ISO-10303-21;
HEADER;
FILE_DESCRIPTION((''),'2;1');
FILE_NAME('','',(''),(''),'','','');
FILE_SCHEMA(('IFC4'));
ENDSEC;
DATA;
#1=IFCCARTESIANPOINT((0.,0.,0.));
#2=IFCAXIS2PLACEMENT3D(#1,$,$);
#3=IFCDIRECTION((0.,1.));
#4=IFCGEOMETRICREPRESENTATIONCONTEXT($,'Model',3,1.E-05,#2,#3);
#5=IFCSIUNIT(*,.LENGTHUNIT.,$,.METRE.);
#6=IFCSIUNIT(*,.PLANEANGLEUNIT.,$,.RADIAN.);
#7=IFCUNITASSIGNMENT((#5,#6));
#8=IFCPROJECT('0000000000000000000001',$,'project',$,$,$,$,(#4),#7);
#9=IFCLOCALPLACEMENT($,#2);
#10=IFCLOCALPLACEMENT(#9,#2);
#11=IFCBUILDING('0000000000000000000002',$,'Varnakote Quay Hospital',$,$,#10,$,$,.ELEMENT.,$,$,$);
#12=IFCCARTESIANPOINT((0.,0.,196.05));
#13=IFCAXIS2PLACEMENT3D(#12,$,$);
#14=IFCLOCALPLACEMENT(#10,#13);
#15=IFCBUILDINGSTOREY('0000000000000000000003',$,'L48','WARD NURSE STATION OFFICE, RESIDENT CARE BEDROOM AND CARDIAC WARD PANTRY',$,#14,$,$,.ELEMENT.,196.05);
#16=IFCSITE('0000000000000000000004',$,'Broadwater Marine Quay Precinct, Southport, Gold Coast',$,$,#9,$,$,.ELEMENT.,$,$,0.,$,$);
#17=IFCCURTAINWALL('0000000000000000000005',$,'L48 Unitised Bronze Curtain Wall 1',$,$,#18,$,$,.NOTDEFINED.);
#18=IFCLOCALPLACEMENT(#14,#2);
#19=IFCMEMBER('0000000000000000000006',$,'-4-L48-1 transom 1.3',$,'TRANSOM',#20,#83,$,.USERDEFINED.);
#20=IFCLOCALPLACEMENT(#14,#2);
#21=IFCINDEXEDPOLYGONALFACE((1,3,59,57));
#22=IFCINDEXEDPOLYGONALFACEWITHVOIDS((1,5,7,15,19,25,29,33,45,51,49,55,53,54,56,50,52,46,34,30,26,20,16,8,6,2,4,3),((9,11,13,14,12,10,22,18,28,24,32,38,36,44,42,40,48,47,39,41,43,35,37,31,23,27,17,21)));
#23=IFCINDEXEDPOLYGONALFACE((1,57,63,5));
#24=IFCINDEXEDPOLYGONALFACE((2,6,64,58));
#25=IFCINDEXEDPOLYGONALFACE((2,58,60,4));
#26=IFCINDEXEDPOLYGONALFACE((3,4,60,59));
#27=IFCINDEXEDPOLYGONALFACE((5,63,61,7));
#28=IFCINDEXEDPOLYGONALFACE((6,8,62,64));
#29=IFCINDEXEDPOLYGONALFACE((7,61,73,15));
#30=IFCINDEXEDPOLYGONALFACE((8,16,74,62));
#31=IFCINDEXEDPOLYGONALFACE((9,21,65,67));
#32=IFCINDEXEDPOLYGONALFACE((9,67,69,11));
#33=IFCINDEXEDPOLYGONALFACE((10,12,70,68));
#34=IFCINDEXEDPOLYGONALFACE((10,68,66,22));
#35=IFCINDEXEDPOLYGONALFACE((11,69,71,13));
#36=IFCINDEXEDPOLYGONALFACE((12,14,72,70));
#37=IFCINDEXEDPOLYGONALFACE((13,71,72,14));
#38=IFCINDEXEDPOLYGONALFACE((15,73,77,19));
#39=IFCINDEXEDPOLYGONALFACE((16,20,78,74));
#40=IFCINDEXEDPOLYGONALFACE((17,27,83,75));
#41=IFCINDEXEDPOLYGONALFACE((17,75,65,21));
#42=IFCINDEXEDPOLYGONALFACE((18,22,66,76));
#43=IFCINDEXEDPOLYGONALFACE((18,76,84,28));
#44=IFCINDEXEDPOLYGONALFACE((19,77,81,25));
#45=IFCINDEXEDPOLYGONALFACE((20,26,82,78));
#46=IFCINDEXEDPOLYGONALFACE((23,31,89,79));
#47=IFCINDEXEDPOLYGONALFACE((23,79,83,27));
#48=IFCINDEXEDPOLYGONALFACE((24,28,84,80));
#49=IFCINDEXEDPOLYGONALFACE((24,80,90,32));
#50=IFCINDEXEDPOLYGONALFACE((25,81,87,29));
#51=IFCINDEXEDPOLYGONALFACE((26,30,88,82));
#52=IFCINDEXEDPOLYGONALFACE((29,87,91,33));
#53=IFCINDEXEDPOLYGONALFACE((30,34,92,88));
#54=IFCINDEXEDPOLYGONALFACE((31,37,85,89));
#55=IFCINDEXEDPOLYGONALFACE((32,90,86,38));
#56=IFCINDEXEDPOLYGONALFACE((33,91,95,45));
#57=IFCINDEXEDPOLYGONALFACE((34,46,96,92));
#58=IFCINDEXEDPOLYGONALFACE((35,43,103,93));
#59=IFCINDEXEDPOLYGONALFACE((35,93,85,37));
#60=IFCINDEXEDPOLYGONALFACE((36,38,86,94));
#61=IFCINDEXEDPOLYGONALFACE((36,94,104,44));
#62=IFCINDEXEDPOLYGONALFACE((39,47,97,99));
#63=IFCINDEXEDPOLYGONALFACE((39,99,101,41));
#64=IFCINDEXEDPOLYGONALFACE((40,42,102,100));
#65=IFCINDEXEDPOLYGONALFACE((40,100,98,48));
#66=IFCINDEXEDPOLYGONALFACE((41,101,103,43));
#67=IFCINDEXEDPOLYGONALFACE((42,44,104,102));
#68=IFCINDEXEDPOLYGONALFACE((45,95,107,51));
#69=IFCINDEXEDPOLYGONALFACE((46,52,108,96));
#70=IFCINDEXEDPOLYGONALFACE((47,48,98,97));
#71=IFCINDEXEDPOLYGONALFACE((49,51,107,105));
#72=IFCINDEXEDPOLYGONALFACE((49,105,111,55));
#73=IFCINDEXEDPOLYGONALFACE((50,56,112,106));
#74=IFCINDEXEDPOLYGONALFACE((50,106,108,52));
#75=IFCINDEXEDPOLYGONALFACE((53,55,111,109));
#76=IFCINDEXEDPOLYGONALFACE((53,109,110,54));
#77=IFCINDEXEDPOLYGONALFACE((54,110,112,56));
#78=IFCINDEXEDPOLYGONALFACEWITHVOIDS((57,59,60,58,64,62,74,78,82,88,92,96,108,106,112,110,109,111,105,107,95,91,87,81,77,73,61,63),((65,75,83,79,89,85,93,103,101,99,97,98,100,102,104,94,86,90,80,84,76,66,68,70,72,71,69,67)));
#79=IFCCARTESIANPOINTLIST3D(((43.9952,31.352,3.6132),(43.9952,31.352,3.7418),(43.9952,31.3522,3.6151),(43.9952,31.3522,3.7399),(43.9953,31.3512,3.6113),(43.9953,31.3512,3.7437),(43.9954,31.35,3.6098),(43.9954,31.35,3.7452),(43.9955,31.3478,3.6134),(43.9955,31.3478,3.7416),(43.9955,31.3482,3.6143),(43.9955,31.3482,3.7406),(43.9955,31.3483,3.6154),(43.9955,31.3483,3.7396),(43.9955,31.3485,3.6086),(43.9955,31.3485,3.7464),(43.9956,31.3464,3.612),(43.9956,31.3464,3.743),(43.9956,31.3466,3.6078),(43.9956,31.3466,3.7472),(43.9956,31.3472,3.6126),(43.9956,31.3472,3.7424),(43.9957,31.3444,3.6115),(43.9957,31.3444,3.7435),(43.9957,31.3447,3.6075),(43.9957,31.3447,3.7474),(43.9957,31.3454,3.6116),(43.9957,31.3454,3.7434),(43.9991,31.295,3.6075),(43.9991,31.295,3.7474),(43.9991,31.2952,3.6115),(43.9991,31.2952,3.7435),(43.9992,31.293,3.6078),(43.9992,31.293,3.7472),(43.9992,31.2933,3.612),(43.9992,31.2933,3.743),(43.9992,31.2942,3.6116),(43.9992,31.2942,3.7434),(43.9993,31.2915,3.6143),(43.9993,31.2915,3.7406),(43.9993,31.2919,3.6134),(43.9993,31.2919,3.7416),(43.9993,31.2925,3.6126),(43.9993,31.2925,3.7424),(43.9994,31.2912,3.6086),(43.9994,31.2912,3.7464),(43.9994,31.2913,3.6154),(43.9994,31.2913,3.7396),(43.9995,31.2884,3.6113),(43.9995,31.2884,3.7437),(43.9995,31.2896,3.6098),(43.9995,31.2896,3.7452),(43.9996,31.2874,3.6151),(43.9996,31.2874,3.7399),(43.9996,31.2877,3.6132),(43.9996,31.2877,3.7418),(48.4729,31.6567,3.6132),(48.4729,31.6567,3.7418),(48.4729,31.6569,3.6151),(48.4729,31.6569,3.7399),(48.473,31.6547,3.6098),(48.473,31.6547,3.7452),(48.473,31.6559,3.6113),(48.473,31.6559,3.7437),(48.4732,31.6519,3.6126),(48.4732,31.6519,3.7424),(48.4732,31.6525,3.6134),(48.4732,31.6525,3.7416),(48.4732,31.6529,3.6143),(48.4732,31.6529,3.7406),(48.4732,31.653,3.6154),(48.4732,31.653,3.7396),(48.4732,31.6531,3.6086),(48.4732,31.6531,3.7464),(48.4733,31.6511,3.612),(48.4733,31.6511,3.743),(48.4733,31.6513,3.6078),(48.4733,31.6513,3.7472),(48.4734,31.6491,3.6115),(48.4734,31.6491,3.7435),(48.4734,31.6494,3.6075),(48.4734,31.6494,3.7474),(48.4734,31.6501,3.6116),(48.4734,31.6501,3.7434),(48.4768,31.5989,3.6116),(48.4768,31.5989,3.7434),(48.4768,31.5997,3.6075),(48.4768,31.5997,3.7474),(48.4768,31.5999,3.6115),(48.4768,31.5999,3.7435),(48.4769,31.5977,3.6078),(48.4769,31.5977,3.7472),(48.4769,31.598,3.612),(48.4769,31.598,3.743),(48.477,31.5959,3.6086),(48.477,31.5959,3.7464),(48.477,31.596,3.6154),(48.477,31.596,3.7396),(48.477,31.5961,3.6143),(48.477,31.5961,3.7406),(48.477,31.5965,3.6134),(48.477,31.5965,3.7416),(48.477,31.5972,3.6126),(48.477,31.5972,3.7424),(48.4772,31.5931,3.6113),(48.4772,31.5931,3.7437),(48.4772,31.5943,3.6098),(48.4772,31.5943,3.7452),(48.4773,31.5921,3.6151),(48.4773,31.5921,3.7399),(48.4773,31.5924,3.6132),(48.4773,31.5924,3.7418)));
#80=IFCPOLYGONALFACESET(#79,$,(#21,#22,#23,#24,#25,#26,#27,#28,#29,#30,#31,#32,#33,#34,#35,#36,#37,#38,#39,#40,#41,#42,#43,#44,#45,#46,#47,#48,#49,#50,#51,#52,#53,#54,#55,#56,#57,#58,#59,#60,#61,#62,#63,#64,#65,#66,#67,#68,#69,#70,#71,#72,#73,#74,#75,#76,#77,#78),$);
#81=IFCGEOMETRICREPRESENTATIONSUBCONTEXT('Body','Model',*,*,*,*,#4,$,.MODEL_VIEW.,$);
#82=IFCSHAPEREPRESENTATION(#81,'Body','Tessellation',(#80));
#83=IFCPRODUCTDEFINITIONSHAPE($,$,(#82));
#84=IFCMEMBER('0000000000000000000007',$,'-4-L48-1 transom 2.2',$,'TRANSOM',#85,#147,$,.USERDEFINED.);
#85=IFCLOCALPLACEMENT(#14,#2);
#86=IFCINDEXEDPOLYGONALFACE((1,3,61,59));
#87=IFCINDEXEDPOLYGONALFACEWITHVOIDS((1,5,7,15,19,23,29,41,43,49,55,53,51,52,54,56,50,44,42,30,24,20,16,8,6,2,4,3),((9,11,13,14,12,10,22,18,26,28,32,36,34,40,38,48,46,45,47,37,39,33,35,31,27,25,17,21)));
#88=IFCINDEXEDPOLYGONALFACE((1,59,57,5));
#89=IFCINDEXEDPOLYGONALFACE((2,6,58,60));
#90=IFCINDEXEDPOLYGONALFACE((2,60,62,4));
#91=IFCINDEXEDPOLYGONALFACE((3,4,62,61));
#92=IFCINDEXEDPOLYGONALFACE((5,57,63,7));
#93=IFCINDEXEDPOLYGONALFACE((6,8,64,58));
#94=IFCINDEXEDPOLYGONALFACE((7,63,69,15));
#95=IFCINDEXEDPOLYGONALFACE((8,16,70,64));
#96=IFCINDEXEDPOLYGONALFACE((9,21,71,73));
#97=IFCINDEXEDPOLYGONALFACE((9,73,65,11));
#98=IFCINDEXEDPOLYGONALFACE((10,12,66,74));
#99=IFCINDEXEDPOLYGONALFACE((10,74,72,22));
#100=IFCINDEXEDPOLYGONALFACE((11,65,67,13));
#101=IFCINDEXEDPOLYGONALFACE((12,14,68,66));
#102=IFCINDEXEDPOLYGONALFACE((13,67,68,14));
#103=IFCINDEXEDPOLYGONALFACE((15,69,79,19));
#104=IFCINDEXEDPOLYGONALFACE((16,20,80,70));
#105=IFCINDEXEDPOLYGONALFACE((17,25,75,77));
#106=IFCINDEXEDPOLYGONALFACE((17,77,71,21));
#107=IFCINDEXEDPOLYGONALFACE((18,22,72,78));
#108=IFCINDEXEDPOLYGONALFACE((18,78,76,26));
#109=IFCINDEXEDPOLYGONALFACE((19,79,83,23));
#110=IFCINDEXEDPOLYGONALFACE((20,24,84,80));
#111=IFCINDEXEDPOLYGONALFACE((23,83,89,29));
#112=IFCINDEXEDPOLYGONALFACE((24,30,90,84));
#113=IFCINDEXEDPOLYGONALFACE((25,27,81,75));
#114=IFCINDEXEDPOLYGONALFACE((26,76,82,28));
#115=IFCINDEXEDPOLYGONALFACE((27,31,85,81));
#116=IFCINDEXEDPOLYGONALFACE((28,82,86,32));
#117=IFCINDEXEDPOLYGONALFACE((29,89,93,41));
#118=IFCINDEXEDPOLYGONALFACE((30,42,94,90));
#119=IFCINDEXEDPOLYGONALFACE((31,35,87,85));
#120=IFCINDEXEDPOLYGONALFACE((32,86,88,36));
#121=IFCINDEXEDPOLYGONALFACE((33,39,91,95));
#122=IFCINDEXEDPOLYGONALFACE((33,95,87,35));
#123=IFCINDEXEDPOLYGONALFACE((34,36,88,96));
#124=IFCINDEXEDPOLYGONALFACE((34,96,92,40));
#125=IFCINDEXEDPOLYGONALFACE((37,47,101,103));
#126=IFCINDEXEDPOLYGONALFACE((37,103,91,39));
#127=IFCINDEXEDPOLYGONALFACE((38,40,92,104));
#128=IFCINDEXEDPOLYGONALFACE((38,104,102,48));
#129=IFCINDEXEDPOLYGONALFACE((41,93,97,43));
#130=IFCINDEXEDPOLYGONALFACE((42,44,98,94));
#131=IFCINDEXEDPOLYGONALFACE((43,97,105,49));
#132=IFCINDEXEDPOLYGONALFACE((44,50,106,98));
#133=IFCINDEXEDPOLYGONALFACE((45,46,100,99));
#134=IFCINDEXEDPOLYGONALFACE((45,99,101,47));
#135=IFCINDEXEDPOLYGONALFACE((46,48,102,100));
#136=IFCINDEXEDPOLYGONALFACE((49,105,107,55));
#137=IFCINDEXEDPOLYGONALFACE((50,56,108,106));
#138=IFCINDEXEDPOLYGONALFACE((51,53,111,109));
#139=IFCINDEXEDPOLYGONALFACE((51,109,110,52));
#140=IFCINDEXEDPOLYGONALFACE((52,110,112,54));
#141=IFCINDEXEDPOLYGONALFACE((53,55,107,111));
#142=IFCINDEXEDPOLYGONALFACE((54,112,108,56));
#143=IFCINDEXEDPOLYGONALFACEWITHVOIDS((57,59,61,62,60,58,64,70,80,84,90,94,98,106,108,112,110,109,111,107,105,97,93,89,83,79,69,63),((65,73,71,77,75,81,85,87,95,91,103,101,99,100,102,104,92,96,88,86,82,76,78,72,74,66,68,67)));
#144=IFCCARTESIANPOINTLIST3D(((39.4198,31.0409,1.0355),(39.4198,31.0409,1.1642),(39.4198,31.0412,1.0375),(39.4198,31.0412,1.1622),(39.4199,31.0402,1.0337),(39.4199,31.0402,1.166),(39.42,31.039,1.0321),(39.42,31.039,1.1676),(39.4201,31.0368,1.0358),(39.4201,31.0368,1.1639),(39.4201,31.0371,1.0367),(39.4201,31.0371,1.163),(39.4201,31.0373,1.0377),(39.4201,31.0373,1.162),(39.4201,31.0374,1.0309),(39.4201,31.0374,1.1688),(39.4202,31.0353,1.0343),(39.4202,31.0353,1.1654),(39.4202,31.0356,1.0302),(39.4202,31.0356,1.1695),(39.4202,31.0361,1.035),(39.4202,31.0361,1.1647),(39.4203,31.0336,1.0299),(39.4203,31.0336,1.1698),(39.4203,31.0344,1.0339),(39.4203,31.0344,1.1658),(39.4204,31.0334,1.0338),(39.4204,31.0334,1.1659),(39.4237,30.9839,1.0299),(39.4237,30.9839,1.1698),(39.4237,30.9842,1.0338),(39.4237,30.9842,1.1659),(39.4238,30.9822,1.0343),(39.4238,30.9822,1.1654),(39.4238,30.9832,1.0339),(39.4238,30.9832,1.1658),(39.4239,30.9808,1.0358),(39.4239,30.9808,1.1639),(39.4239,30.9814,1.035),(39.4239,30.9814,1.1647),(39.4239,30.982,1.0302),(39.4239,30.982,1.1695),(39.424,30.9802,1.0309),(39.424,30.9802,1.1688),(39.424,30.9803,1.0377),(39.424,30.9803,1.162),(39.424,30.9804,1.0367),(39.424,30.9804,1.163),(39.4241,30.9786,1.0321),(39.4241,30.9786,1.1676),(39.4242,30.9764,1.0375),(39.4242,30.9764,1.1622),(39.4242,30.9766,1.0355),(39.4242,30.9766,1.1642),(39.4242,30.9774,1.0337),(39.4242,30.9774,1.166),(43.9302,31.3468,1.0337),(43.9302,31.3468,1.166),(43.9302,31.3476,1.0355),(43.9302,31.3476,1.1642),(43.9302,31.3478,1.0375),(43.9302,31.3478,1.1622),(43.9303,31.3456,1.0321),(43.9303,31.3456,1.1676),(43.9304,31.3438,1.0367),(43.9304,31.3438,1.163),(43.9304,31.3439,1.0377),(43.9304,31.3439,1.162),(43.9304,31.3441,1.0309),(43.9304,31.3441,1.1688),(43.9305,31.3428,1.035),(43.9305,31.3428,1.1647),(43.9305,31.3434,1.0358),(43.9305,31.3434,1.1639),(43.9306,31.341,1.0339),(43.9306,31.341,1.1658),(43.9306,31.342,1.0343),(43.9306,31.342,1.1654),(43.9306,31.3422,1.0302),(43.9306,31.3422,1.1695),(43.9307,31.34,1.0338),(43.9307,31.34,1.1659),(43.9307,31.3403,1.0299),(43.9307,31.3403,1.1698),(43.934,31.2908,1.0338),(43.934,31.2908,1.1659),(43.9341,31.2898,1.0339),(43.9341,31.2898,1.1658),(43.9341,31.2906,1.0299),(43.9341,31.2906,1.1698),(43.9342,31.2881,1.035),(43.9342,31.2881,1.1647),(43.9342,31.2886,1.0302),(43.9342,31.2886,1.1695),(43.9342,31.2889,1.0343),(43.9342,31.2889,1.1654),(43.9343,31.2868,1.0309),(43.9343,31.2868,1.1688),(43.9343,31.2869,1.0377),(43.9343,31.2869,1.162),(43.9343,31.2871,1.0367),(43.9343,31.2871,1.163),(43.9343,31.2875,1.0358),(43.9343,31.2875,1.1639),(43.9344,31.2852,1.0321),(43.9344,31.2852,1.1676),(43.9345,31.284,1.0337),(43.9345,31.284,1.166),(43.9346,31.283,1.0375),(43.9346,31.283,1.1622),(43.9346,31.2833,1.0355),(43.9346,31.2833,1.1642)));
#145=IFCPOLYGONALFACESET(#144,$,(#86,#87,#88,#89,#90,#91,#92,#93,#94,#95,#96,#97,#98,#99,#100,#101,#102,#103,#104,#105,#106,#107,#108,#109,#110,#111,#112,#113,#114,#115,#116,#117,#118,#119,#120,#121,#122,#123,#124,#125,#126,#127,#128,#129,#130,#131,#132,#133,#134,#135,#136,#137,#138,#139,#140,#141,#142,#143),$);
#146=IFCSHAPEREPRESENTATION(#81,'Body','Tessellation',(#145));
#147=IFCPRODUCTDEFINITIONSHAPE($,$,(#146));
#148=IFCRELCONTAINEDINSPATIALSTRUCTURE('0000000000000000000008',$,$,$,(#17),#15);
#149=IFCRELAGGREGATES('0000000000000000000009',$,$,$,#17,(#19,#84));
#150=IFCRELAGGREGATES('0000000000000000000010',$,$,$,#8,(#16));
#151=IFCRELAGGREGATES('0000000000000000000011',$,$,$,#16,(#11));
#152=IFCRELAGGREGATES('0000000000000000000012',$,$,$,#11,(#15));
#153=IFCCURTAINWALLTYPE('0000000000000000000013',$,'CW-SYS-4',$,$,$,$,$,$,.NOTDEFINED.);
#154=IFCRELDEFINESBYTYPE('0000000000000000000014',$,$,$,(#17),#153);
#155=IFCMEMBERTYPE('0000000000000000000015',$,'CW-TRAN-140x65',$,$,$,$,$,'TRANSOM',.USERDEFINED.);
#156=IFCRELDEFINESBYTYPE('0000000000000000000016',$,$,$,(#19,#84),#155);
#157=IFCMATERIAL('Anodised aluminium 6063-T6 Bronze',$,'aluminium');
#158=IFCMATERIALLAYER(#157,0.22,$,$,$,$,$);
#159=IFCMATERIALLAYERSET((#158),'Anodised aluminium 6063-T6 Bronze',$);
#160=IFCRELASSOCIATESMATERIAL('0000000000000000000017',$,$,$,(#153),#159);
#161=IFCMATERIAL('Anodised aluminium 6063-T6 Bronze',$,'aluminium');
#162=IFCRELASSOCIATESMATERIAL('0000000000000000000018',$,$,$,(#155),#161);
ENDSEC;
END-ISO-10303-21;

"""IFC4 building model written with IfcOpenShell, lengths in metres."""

from ifc_helpers import new_model, si_unit, direction, frame, origin, origin_2d, place, context, subcontext, project, spatial, hollow_rectangle, extrude, material, layer, layer_set, material_profile, profile_set, type_object, element, aggregate, save


model = new_model("IFC4")

# Units and contexts
model_context = context("Model", 3, precision=1e-05, world=origin(), true_north=direction((0.0, 1.0)))
body_context = subcontext(model_context, "Body", "Model", "MODEL_VIEW")
ifc_project = project(units=[si_unit("LENGTHUNIT", "METRE"), si_unit("PLANEANGLEUNIT", "RADIAN")], contexts=[model_context])

# Site, building, storey
site_placement = place(None, origin())
site = spatial("IfcSite", under=ifc_project, at=site_placement, Name="Broadwater Marine Quay Precinct, Southport, Gold Coast", CompositionType="ELEMENT", RefElevation=0.0)
building_placement = place(site_placement, origin())
building = spatial("IfcBuilding", under=site, at=building_placement, Name="Varnakote Quay Hospital", CompositionType="ELEMENT")
storey_placement = place(building_placement, frame((0.0, 0.0, 196.05)))
storey = spatial("IfcBuildingStorey", under=building, at=storey_placement, Name="L48", Description="WARD NURSE STATION OFFICE, RESIDENT CARE BEDROOM AND CARDIAC WARD PANTRY", CompositionType="ELEMENT", Elevation=196.05)

# Curtain wall, members
ifc_material_1 = material(Name="Anodised aluminium 6063-T6 Bronze", Category="aluminium")
ifc_layer_1 = layer(ifc_material_1, 0.22)
ifc_layer_set_1 = layer_set([ifc_layer_1], Name="Anodised aluminium 6063-T6 Bronze")
curtain_wall_type = type_object("IfcCurtainWallType", Name="CW-SYS-4", PredefinedType="NOTDEFINED", material=ifc_layer_set_1)
curtain_wall_placement = place(storey_placement, origin())
curtain_wall = element("IfcCurtainWall", 1, at=curtain_wall_placement, inside=storey, type_object=curtain_wall_type, Name="L48 Unitised Bronze Curtain Wall 1", PredefinedType="NOTDEFINED")
ifc_material_2 = material(Name="Anodised aluminium 6063-T6 Bronze", Category="aluminium")
ifc_material_profile_1 = material_profile(ifc_material_2, hollow_rectangle(XDim=0.0649, YDim=0.1399, WallThickness=0.0039, InnerFilletRadius=0.0039, OuterFilletRadius=0.0076, at=origin_2d()), Name="CW-TRAN-140x65")
ifc_profile_set_1 = profile_set([ifc_material_profile_1], Name="Anodised aluminium 6063-T6 Bronze")
member_type_1 = type_object("IfcMemberType", Name="CW-TRAN-140x65", ElementType="TRANSOM", PredefinedType="USERDEFINED", material=ifc_profile_set_1)
member_1_placement = place(storey_placement, frame((48.4751, 31.6245, 3.6775), z_axis=(-0.997693, -0.067887, 0.0), x_axis=(0.067887, -0.997693, 0.0)))
member_1 = element("IfcMember", 2, at=member_1_placement, type_object=member_type_1, Name="-4-L48-1 transom 1.3", ObjectType="TRANSOM", PredefinedType="USERDEFINED", context=body_context, shape_type="SweptSolid", body=[
    extrude(hollow_rectangle(XDim=0.0649, YDim=0.1399, WallThickness=0.0039, InnerFilletRadius=0.0039, OuterFilletRadius=0.0076, at=origin_2d()), origin(), (0.0, 0.0, 1.0), 4.488),
])
member_2_placement = place(storey_placement, frame((43.9324, 31.3154, 1.0999), z_axis=(-0.997697, -0.067831, 0.0), x_axis=(0.067831, -0.997697, 0.0)))
member_2 = element("IfcMember", 3, at=member_2_placement, type_object=member_type_1, Name="-4-L48-1 transom 2.2", ObjectType="TRANSOM", PredefinedType="USERDEFINED", context=body_context, shape_type="SweptSolid", body=[
    extrude(hollow_rectangle(XDim=0.0649, YDim=0.1399, WallThickness=0.0039, InnerFilletRadius=0.0039, OuterFilletRadius=0.0076, at=origin_2d()), origin(), (0.0, 0.0, 1.0), 4.5208),
])
aggregate(curtain_wall, [member_1, member_2])

save(model, "model.ifc")
